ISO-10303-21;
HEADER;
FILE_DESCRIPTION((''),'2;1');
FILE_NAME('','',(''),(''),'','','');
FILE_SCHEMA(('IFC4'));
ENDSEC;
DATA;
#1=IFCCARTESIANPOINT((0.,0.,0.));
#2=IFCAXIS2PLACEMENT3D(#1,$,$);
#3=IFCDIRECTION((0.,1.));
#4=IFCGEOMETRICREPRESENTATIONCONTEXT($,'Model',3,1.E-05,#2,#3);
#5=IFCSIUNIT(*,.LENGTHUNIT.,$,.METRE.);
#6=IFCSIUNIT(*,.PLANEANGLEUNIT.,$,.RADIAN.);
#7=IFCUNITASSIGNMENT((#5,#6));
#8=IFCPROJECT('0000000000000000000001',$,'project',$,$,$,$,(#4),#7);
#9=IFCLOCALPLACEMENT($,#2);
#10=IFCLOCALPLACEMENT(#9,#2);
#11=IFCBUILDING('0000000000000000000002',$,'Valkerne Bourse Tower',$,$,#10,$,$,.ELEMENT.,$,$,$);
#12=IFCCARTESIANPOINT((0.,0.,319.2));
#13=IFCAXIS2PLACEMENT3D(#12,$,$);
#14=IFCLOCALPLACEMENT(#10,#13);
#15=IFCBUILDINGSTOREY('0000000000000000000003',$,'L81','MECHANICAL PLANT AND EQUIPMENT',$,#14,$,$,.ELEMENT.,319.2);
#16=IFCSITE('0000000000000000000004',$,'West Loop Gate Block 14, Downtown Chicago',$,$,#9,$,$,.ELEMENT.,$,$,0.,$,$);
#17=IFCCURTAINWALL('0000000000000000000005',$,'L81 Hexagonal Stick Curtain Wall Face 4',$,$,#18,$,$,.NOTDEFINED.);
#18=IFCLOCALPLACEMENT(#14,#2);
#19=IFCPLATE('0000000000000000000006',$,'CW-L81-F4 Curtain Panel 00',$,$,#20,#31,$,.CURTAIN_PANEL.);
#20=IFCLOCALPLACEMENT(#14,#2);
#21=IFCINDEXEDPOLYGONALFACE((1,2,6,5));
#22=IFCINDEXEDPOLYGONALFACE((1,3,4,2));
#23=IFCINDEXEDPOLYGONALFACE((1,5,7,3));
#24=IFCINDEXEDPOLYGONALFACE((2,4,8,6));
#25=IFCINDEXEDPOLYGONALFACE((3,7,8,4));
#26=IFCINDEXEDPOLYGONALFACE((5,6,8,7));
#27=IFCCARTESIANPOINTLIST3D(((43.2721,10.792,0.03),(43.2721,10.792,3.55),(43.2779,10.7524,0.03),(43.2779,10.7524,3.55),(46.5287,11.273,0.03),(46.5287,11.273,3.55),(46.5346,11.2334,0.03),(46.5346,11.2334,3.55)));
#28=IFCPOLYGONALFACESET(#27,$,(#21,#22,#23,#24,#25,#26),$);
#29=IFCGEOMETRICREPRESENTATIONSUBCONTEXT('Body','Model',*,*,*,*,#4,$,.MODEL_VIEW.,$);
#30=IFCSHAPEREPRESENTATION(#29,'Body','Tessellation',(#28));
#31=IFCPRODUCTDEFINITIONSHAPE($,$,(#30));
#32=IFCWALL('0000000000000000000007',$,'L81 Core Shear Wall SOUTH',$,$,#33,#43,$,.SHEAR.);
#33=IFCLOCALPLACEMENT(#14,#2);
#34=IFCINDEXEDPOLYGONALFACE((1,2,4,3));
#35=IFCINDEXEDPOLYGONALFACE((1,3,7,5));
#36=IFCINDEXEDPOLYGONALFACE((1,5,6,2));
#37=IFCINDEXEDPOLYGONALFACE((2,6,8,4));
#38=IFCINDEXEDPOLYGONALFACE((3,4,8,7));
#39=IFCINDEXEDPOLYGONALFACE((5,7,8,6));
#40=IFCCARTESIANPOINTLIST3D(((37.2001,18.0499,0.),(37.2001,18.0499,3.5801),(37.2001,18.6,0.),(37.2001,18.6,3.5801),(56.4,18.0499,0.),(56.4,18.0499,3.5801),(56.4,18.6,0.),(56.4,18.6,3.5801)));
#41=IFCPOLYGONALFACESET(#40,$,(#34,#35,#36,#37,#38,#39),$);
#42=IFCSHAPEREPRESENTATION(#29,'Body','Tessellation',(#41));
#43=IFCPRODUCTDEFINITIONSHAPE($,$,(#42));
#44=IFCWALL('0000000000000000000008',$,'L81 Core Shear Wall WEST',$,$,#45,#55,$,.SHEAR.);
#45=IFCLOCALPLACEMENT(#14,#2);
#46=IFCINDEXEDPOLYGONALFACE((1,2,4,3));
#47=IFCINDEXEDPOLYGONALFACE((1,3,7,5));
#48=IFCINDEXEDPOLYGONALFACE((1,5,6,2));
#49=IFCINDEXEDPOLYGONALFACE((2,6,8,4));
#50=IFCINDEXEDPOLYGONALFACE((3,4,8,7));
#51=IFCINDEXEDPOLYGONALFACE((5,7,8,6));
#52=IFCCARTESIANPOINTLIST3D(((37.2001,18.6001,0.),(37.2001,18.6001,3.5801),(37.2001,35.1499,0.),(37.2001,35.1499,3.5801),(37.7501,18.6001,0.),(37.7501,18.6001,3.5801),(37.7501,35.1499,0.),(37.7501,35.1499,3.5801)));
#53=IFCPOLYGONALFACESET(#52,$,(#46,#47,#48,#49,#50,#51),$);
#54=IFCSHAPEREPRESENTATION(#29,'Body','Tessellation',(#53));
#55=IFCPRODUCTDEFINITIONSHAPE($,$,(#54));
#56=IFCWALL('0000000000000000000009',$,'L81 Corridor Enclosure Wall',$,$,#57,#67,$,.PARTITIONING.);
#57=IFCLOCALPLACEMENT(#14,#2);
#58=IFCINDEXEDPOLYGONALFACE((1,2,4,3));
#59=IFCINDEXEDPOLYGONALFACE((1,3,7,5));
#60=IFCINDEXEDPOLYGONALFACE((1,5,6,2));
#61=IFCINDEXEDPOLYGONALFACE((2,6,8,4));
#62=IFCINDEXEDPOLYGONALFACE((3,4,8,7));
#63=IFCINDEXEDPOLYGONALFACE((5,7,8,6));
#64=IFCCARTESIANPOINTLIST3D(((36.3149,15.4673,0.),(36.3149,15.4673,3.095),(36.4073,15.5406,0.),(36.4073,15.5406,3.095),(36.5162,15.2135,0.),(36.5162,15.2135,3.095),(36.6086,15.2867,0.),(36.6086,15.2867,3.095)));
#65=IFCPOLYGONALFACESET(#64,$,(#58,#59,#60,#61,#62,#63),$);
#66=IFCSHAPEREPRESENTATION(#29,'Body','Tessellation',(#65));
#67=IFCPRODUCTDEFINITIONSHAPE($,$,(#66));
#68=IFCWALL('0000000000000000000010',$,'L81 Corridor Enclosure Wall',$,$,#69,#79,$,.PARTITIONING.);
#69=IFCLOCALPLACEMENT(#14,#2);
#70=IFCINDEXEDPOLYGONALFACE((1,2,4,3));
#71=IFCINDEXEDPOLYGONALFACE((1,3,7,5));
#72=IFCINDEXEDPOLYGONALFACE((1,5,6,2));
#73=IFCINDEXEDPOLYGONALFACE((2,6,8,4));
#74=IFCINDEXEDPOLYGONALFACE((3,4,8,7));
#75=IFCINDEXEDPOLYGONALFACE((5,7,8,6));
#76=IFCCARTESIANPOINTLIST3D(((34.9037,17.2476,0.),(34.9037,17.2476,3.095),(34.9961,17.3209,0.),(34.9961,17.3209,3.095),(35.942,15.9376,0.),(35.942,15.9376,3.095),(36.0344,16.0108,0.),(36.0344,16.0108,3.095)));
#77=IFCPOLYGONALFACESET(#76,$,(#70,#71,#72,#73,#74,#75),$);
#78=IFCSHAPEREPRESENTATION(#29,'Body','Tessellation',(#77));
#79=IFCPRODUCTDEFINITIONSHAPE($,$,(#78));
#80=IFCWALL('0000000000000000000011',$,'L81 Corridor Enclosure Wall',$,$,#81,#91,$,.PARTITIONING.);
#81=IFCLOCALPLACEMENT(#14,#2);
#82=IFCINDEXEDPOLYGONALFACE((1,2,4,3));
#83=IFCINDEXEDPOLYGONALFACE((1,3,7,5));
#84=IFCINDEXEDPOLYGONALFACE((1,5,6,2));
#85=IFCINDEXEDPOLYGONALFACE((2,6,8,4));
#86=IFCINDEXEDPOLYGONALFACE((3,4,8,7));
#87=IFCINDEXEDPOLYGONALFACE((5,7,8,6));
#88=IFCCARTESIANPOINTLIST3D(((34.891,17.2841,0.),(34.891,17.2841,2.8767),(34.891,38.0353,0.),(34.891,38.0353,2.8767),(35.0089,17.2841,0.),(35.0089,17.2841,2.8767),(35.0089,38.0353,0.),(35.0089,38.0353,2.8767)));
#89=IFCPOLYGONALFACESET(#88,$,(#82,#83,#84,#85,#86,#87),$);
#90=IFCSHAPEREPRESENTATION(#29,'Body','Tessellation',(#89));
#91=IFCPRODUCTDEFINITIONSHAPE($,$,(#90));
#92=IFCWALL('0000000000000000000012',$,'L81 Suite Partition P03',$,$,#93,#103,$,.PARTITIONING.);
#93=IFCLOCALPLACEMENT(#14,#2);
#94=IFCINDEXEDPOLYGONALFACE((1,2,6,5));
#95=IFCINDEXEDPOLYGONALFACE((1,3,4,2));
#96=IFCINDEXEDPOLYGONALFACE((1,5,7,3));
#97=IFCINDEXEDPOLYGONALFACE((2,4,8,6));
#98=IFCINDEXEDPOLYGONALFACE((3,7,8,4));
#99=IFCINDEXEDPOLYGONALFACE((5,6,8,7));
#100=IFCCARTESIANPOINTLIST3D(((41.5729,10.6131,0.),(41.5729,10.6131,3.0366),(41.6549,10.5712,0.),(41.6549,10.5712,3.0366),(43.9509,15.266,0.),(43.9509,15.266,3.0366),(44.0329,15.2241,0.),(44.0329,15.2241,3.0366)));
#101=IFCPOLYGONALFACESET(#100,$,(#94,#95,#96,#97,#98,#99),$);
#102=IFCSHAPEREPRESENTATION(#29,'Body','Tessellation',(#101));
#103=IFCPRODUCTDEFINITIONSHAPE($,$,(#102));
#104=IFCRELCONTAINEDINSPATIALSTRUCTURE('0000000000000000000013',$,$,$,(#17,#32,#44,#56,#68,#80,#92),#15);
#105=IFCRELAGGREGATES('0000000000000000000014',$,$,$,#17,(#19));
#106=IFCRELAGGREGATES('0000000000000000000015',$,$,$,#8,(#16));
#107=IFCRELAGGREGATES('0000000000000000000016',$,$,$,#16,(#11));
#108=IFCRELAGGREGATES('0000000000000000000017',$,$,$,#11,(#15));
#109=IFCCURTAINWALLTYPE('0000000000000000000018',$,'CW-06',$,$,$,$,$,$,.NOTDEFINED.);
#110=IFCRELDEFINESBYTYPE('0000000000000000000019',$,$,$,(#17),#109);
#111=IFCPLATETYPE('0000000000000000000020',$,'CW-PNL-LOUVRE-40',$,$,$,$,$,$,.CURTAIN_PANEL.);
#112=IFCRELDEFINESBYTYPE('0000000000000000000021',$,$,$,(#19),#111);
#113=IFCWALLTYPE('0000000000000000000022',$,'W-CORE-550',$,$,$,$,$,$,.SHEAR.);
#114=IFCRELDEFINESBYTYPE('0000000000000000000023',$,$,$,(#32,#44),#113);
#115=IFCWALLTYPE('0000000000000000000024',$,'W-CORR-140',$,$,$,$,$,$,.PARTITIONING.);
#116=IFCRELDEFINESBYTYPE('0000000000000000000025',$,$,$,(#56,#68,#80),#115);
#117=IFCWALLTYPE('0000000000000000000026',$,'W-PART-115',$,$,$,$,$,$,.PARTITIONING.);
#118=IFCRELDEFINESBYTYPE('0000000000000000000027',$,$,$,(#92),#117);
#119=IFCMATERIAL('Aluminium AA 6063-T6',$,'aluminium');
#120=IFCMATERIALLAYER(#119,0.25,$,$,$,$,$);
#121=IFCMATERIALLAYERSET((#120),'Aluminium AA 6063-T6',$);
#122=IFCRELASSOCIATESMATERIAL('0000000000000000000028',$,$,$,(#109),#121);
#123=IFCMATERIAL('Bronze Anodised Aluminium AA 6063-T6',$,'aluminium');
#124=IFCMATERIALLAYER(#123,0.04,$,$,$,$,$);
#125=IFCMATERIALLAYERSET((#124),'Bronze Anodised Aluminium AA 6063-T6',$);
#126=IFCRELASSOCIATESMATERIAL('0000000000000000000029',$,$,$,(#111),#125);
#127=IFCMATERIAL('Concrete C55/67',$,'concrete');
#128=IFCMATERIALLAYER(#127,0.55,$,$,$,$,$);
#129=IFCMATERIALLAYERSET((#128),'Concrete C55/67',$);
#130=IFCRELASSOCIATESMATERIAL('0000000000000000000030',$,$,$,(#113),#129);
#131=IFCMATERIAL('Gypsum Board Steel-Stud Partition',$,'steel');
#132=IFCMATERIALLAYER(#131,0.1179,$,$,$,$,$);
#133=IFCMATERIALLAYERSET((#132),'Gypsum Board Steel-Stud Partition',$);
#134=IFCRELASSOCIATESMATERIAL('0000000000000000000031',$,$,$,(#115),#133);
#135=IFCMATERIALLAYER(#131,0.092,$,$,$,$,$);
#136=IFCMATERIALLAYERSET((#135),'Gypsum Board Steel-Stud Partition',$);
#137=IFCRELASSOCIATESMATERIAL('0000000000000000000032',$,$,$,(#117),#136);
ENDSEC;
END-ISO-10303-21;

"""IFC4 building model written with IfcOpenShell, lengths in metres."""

from ifc_helpers import new_model, si_unit, direction, frame, frame_2d, origin, origin_2d, place, context, subcontext, project, spatial, rectangle, extrude, material, layer, layer_set, type_object, element, aggregate, save


model = new_model("IFC4")

# Units and contexts
model_context = context("Model", 3, precision=1e-05, world=origin(), true_north=direction((0.0, 1.0)))
body_context = subcontext(model_context, "Body", "Model", "MODEL_VIEW")
ifc_project = project(units=[si_unit("LENGTHUNIT", "METRE"), si_unit("PLANEANGLEUNIT", "RADIAN")], contexts=[model_context])

# Site, building, storey
site_placement = place(None, origin())
site = spatial("IfcSite", under=ifc_project, at=site_placement, Name="West Loop Gate Block 14, Downtown Chicago", CompositionType="ELEMENT", RefElevation=0.0)
building_placement = place(site_placement, origin())
building = spatial("IfcBuilding", under=site, at=building_placement, Name="Valkerne Bourse Tower", CompositionType="ELEMENT")
storey_placement = place(building_placement, frame((0.0, 0.0, 319.2)))
storey = spatial("IfcBuildingStorey", under=building, at=storey_placement, Name="L81", Description="MECHANICAL PLANT AND EQUIPMENT", CompositionType="ELEMENT", Elevation=319.2)

# Curtain wall
ifc_material_1 = material(Name="Aluminium AA 6063-T6", Category="aluminium")
ifc_layer_1 = layer(ifc_material_1, 0.25)
ifc_layer_set_1 = layer_set([ifc_layer_1], Name="Aluminium AA 6063-T6")
curtain_wall_type = type_object("IfcCurtainWallType", Name="CW-06", PredefinedType="NOTDEFINED", material=ifc_layer_set_1)
curtain_wall_1_placement = place(storey_placement, origin())
curtain_wall_1 = element("IfcCurtainWall", 1, at=curtain_wall_1_placement, inside=storey, type_object=curtain_wall_type, Name="L81 Hexagonal Stick Curtain Wall Face 4", PredefinedType="NOTDEFINED")

# Plate
ifc_material_2 = material(Name="Bronze Anodised Aluminium AA 6063-T6", Category="aluminium")
ifc_layer_2 = layer(ifc_material_2, 0.04)
ifc_layer_set_2 = layer_set([ifc_layer_2], Name="Bronze Anodised Aluminium AA 6063-T6")
plate_type = type_object("IfcPlateType", Name="CW-PNL-LOUVRE-40", PredefinedType="CURTAIN_PANEL", material=ifc_layer_set_2)
plate_1_placement = place(storey_placement, frame((44.9033, 11.0127, 0.03), z_axis=(0.0, 0.0, 1.0), x_axis=(0.989269, 0.146106, 0.0)))
plate_1 = element("IfcPlate", 2, at=plate_1_placement, type_object=plate_type, Name="CW-L81-F4 Curtain Panel 00", PredefinedType="CURTAIN_PANEL", context=body_context, shape_type="SweptSolid", body=[
    extrude(rectangle(XDim=3.292, YDim=0.04, at=origin_2d()), origin(), (0.0, 0.0, 1.0), 3.52),
])
aggregate(curtain_wall_1, [plate_1])

# Walls
ifc_material_3 = material(Name="Concrete C55/67", Category="concrete")
ifc_layer_3 = layer(ifc_material_3, 0.55)
ifc_layer_set_3 = layer_set([ifc_layer_3], Name="Concrete C55/67")
wall_type_1 = type_object("IfcWallType", Name="W-CORE-550", PredefinedType="SHEAR", material=ifc_layer_set_3)
wall_1_placement = place(storey_placement, frame((37.2, 18.325, 0.0), z_axis=(0.0, 0.0, 1.0), x_axis=(1.0, 0.0, 0.0)))
element("IfcWall", 3, at=wall_1_placement, inside=storey, type_object=wall_type_1, Name="L81 Core Shear Wall SOUTH", PredefinedType="SHEAR", context=body_context, shape_type="SweptSolid", body=[
    extrude(rectangle(XDim=19.2, YDim=0.55, at=frame_2d((9.6001, 0.0))), origin(), (0.0, 0.0, 1.0), 3.5801),
])
wall_2_placement = place(storey_placement, frame((37.4751, 18.6001, 0.0), z_axis=(0.0, 0.0, 1.0), x_axis=(0.0, 1.0, 0.0)))
element("IfcWall", 4, at=wall_2_placement, inside=storey, type_object=wall_type_1, Name="L81 Core Shear Wall WEST", PredefinedType="SHEAR", context=body_context, shape_type="SweptSolid", body=[
    extrude(rectangle(XDim=16.5498, YDim=0.55, at=frame_2d((8.2749, 0.0))), origin(), (0.0, 0.0, 1.0), 3.5801),
])
ifc_material_4 = material(Name="Gypsum Board Steel-Stud Partition", Category="steel")
ifc_layer_4 = layer(ifc_material_4, 0.1179)
ifc_layer_set_4 = layer_set([ifc_layer_4], Name="Gypsum Board Steel-Stud Partition")
wall_type_2 = type_object("IfcWallType", Name="W-CORR-140", PredefinedType="PARTITIONING", material=ifc_layer_set_4)
wall_3_placement = place(storey_placement, frame((36.5625, 15.25, 0.0), z_axis=(0.0, 0.0, 1.0), x_axis=(-0.621474, 0.783434, 0.0)))
element("IfcWall", 5, at=wall_3_placement, inside=storey, type_object=wall_type_2, Name="L81 Corridor Enclosure Wall", PredefinedType="PARTITIONING", context=body_context, shape_type="SweptSolid", body=[
    extrude(rectangle(XDim=0.324, YDim=0.1179, at=frame_2d((0.1621, 0.0))), origin(), (0.0, 0.0, 1.0), 3.095),
])
wall_4_placement = place(storey_placement, frame((35.9883, 15.9741, 0.0), z_axis=(0.0, 0.0, 1.0), x_axis=(-0.621144, 0.783696, 0.0)))
element("IfcWall", 6, at=wall_4_placement, inside=storey, type_object=wall_type_2, Name="L81 Corridor Enclosure Wall", PredefinedType="PARTITIONING", context=body_context, shape_type="SweptSolid", body=[
    extrude(rectangle(XDim=1.6716, YDim=0.1179, at=frame_2d((0.8359, 0.0))), origin(), (0.0, 0.0, 1.0), 3.095),
])
wall_5_placement = place(storey_placement, frame((34.95, 17.2842, 0.0), z_axis=(0.0, 0.0, 1.0), x_axis=(0.0, 1.0, 0.0)))
element("IfcWall", 7, at=wall_5_placement, inside=storey, type_object=wall_type_2, Name="L81 Corridor Enclosure Wall", PredefinedType="PARTITIONING", context=body_context, shape_type="SweptSolid", body=[
    extrude(rectangle(XDim=20.7512, YDim=0.1179, at=frame_2d((10.3755, 0.0))), origin(), (0.0, 0.0, 1.0), 2.8767),
])
ifc_layer_5 = layer(ifc_material_4, 0.092)
ifc_layer_set_5 = layer_set([ifc_layer_5], Name="Gypsum Board Steel-Stud Partition")
wall_type_3 = type_object("IfcWallType", Name="W-PART-115", PredefinedType="PARTITIONING", material=ifc_layer_set_5)
wall_6_placement = place(storey_placement, frame((43.9919, 15.2451, 0.0), z_axis=(0.0, 0.0, 1.0), x_axis=(-0.455083, -0.890449, 0.0)))
element("IfcWall", 8, at=wall_6_placement, inside=storey, type_object=wall_type_3, Name="L81 Suite Partition P03", PredefinedType="PARTITIONING", context=body_context, shape_type="SweptSolid", body=[
    extrude(rectangle(XDim=5.2253, YDim=0.092, at=frame_2d((2.6128, 0.0))), origin(), (0.0, 0.0, 1.0), 3.0366),
])

save(model, "model.ifc")
